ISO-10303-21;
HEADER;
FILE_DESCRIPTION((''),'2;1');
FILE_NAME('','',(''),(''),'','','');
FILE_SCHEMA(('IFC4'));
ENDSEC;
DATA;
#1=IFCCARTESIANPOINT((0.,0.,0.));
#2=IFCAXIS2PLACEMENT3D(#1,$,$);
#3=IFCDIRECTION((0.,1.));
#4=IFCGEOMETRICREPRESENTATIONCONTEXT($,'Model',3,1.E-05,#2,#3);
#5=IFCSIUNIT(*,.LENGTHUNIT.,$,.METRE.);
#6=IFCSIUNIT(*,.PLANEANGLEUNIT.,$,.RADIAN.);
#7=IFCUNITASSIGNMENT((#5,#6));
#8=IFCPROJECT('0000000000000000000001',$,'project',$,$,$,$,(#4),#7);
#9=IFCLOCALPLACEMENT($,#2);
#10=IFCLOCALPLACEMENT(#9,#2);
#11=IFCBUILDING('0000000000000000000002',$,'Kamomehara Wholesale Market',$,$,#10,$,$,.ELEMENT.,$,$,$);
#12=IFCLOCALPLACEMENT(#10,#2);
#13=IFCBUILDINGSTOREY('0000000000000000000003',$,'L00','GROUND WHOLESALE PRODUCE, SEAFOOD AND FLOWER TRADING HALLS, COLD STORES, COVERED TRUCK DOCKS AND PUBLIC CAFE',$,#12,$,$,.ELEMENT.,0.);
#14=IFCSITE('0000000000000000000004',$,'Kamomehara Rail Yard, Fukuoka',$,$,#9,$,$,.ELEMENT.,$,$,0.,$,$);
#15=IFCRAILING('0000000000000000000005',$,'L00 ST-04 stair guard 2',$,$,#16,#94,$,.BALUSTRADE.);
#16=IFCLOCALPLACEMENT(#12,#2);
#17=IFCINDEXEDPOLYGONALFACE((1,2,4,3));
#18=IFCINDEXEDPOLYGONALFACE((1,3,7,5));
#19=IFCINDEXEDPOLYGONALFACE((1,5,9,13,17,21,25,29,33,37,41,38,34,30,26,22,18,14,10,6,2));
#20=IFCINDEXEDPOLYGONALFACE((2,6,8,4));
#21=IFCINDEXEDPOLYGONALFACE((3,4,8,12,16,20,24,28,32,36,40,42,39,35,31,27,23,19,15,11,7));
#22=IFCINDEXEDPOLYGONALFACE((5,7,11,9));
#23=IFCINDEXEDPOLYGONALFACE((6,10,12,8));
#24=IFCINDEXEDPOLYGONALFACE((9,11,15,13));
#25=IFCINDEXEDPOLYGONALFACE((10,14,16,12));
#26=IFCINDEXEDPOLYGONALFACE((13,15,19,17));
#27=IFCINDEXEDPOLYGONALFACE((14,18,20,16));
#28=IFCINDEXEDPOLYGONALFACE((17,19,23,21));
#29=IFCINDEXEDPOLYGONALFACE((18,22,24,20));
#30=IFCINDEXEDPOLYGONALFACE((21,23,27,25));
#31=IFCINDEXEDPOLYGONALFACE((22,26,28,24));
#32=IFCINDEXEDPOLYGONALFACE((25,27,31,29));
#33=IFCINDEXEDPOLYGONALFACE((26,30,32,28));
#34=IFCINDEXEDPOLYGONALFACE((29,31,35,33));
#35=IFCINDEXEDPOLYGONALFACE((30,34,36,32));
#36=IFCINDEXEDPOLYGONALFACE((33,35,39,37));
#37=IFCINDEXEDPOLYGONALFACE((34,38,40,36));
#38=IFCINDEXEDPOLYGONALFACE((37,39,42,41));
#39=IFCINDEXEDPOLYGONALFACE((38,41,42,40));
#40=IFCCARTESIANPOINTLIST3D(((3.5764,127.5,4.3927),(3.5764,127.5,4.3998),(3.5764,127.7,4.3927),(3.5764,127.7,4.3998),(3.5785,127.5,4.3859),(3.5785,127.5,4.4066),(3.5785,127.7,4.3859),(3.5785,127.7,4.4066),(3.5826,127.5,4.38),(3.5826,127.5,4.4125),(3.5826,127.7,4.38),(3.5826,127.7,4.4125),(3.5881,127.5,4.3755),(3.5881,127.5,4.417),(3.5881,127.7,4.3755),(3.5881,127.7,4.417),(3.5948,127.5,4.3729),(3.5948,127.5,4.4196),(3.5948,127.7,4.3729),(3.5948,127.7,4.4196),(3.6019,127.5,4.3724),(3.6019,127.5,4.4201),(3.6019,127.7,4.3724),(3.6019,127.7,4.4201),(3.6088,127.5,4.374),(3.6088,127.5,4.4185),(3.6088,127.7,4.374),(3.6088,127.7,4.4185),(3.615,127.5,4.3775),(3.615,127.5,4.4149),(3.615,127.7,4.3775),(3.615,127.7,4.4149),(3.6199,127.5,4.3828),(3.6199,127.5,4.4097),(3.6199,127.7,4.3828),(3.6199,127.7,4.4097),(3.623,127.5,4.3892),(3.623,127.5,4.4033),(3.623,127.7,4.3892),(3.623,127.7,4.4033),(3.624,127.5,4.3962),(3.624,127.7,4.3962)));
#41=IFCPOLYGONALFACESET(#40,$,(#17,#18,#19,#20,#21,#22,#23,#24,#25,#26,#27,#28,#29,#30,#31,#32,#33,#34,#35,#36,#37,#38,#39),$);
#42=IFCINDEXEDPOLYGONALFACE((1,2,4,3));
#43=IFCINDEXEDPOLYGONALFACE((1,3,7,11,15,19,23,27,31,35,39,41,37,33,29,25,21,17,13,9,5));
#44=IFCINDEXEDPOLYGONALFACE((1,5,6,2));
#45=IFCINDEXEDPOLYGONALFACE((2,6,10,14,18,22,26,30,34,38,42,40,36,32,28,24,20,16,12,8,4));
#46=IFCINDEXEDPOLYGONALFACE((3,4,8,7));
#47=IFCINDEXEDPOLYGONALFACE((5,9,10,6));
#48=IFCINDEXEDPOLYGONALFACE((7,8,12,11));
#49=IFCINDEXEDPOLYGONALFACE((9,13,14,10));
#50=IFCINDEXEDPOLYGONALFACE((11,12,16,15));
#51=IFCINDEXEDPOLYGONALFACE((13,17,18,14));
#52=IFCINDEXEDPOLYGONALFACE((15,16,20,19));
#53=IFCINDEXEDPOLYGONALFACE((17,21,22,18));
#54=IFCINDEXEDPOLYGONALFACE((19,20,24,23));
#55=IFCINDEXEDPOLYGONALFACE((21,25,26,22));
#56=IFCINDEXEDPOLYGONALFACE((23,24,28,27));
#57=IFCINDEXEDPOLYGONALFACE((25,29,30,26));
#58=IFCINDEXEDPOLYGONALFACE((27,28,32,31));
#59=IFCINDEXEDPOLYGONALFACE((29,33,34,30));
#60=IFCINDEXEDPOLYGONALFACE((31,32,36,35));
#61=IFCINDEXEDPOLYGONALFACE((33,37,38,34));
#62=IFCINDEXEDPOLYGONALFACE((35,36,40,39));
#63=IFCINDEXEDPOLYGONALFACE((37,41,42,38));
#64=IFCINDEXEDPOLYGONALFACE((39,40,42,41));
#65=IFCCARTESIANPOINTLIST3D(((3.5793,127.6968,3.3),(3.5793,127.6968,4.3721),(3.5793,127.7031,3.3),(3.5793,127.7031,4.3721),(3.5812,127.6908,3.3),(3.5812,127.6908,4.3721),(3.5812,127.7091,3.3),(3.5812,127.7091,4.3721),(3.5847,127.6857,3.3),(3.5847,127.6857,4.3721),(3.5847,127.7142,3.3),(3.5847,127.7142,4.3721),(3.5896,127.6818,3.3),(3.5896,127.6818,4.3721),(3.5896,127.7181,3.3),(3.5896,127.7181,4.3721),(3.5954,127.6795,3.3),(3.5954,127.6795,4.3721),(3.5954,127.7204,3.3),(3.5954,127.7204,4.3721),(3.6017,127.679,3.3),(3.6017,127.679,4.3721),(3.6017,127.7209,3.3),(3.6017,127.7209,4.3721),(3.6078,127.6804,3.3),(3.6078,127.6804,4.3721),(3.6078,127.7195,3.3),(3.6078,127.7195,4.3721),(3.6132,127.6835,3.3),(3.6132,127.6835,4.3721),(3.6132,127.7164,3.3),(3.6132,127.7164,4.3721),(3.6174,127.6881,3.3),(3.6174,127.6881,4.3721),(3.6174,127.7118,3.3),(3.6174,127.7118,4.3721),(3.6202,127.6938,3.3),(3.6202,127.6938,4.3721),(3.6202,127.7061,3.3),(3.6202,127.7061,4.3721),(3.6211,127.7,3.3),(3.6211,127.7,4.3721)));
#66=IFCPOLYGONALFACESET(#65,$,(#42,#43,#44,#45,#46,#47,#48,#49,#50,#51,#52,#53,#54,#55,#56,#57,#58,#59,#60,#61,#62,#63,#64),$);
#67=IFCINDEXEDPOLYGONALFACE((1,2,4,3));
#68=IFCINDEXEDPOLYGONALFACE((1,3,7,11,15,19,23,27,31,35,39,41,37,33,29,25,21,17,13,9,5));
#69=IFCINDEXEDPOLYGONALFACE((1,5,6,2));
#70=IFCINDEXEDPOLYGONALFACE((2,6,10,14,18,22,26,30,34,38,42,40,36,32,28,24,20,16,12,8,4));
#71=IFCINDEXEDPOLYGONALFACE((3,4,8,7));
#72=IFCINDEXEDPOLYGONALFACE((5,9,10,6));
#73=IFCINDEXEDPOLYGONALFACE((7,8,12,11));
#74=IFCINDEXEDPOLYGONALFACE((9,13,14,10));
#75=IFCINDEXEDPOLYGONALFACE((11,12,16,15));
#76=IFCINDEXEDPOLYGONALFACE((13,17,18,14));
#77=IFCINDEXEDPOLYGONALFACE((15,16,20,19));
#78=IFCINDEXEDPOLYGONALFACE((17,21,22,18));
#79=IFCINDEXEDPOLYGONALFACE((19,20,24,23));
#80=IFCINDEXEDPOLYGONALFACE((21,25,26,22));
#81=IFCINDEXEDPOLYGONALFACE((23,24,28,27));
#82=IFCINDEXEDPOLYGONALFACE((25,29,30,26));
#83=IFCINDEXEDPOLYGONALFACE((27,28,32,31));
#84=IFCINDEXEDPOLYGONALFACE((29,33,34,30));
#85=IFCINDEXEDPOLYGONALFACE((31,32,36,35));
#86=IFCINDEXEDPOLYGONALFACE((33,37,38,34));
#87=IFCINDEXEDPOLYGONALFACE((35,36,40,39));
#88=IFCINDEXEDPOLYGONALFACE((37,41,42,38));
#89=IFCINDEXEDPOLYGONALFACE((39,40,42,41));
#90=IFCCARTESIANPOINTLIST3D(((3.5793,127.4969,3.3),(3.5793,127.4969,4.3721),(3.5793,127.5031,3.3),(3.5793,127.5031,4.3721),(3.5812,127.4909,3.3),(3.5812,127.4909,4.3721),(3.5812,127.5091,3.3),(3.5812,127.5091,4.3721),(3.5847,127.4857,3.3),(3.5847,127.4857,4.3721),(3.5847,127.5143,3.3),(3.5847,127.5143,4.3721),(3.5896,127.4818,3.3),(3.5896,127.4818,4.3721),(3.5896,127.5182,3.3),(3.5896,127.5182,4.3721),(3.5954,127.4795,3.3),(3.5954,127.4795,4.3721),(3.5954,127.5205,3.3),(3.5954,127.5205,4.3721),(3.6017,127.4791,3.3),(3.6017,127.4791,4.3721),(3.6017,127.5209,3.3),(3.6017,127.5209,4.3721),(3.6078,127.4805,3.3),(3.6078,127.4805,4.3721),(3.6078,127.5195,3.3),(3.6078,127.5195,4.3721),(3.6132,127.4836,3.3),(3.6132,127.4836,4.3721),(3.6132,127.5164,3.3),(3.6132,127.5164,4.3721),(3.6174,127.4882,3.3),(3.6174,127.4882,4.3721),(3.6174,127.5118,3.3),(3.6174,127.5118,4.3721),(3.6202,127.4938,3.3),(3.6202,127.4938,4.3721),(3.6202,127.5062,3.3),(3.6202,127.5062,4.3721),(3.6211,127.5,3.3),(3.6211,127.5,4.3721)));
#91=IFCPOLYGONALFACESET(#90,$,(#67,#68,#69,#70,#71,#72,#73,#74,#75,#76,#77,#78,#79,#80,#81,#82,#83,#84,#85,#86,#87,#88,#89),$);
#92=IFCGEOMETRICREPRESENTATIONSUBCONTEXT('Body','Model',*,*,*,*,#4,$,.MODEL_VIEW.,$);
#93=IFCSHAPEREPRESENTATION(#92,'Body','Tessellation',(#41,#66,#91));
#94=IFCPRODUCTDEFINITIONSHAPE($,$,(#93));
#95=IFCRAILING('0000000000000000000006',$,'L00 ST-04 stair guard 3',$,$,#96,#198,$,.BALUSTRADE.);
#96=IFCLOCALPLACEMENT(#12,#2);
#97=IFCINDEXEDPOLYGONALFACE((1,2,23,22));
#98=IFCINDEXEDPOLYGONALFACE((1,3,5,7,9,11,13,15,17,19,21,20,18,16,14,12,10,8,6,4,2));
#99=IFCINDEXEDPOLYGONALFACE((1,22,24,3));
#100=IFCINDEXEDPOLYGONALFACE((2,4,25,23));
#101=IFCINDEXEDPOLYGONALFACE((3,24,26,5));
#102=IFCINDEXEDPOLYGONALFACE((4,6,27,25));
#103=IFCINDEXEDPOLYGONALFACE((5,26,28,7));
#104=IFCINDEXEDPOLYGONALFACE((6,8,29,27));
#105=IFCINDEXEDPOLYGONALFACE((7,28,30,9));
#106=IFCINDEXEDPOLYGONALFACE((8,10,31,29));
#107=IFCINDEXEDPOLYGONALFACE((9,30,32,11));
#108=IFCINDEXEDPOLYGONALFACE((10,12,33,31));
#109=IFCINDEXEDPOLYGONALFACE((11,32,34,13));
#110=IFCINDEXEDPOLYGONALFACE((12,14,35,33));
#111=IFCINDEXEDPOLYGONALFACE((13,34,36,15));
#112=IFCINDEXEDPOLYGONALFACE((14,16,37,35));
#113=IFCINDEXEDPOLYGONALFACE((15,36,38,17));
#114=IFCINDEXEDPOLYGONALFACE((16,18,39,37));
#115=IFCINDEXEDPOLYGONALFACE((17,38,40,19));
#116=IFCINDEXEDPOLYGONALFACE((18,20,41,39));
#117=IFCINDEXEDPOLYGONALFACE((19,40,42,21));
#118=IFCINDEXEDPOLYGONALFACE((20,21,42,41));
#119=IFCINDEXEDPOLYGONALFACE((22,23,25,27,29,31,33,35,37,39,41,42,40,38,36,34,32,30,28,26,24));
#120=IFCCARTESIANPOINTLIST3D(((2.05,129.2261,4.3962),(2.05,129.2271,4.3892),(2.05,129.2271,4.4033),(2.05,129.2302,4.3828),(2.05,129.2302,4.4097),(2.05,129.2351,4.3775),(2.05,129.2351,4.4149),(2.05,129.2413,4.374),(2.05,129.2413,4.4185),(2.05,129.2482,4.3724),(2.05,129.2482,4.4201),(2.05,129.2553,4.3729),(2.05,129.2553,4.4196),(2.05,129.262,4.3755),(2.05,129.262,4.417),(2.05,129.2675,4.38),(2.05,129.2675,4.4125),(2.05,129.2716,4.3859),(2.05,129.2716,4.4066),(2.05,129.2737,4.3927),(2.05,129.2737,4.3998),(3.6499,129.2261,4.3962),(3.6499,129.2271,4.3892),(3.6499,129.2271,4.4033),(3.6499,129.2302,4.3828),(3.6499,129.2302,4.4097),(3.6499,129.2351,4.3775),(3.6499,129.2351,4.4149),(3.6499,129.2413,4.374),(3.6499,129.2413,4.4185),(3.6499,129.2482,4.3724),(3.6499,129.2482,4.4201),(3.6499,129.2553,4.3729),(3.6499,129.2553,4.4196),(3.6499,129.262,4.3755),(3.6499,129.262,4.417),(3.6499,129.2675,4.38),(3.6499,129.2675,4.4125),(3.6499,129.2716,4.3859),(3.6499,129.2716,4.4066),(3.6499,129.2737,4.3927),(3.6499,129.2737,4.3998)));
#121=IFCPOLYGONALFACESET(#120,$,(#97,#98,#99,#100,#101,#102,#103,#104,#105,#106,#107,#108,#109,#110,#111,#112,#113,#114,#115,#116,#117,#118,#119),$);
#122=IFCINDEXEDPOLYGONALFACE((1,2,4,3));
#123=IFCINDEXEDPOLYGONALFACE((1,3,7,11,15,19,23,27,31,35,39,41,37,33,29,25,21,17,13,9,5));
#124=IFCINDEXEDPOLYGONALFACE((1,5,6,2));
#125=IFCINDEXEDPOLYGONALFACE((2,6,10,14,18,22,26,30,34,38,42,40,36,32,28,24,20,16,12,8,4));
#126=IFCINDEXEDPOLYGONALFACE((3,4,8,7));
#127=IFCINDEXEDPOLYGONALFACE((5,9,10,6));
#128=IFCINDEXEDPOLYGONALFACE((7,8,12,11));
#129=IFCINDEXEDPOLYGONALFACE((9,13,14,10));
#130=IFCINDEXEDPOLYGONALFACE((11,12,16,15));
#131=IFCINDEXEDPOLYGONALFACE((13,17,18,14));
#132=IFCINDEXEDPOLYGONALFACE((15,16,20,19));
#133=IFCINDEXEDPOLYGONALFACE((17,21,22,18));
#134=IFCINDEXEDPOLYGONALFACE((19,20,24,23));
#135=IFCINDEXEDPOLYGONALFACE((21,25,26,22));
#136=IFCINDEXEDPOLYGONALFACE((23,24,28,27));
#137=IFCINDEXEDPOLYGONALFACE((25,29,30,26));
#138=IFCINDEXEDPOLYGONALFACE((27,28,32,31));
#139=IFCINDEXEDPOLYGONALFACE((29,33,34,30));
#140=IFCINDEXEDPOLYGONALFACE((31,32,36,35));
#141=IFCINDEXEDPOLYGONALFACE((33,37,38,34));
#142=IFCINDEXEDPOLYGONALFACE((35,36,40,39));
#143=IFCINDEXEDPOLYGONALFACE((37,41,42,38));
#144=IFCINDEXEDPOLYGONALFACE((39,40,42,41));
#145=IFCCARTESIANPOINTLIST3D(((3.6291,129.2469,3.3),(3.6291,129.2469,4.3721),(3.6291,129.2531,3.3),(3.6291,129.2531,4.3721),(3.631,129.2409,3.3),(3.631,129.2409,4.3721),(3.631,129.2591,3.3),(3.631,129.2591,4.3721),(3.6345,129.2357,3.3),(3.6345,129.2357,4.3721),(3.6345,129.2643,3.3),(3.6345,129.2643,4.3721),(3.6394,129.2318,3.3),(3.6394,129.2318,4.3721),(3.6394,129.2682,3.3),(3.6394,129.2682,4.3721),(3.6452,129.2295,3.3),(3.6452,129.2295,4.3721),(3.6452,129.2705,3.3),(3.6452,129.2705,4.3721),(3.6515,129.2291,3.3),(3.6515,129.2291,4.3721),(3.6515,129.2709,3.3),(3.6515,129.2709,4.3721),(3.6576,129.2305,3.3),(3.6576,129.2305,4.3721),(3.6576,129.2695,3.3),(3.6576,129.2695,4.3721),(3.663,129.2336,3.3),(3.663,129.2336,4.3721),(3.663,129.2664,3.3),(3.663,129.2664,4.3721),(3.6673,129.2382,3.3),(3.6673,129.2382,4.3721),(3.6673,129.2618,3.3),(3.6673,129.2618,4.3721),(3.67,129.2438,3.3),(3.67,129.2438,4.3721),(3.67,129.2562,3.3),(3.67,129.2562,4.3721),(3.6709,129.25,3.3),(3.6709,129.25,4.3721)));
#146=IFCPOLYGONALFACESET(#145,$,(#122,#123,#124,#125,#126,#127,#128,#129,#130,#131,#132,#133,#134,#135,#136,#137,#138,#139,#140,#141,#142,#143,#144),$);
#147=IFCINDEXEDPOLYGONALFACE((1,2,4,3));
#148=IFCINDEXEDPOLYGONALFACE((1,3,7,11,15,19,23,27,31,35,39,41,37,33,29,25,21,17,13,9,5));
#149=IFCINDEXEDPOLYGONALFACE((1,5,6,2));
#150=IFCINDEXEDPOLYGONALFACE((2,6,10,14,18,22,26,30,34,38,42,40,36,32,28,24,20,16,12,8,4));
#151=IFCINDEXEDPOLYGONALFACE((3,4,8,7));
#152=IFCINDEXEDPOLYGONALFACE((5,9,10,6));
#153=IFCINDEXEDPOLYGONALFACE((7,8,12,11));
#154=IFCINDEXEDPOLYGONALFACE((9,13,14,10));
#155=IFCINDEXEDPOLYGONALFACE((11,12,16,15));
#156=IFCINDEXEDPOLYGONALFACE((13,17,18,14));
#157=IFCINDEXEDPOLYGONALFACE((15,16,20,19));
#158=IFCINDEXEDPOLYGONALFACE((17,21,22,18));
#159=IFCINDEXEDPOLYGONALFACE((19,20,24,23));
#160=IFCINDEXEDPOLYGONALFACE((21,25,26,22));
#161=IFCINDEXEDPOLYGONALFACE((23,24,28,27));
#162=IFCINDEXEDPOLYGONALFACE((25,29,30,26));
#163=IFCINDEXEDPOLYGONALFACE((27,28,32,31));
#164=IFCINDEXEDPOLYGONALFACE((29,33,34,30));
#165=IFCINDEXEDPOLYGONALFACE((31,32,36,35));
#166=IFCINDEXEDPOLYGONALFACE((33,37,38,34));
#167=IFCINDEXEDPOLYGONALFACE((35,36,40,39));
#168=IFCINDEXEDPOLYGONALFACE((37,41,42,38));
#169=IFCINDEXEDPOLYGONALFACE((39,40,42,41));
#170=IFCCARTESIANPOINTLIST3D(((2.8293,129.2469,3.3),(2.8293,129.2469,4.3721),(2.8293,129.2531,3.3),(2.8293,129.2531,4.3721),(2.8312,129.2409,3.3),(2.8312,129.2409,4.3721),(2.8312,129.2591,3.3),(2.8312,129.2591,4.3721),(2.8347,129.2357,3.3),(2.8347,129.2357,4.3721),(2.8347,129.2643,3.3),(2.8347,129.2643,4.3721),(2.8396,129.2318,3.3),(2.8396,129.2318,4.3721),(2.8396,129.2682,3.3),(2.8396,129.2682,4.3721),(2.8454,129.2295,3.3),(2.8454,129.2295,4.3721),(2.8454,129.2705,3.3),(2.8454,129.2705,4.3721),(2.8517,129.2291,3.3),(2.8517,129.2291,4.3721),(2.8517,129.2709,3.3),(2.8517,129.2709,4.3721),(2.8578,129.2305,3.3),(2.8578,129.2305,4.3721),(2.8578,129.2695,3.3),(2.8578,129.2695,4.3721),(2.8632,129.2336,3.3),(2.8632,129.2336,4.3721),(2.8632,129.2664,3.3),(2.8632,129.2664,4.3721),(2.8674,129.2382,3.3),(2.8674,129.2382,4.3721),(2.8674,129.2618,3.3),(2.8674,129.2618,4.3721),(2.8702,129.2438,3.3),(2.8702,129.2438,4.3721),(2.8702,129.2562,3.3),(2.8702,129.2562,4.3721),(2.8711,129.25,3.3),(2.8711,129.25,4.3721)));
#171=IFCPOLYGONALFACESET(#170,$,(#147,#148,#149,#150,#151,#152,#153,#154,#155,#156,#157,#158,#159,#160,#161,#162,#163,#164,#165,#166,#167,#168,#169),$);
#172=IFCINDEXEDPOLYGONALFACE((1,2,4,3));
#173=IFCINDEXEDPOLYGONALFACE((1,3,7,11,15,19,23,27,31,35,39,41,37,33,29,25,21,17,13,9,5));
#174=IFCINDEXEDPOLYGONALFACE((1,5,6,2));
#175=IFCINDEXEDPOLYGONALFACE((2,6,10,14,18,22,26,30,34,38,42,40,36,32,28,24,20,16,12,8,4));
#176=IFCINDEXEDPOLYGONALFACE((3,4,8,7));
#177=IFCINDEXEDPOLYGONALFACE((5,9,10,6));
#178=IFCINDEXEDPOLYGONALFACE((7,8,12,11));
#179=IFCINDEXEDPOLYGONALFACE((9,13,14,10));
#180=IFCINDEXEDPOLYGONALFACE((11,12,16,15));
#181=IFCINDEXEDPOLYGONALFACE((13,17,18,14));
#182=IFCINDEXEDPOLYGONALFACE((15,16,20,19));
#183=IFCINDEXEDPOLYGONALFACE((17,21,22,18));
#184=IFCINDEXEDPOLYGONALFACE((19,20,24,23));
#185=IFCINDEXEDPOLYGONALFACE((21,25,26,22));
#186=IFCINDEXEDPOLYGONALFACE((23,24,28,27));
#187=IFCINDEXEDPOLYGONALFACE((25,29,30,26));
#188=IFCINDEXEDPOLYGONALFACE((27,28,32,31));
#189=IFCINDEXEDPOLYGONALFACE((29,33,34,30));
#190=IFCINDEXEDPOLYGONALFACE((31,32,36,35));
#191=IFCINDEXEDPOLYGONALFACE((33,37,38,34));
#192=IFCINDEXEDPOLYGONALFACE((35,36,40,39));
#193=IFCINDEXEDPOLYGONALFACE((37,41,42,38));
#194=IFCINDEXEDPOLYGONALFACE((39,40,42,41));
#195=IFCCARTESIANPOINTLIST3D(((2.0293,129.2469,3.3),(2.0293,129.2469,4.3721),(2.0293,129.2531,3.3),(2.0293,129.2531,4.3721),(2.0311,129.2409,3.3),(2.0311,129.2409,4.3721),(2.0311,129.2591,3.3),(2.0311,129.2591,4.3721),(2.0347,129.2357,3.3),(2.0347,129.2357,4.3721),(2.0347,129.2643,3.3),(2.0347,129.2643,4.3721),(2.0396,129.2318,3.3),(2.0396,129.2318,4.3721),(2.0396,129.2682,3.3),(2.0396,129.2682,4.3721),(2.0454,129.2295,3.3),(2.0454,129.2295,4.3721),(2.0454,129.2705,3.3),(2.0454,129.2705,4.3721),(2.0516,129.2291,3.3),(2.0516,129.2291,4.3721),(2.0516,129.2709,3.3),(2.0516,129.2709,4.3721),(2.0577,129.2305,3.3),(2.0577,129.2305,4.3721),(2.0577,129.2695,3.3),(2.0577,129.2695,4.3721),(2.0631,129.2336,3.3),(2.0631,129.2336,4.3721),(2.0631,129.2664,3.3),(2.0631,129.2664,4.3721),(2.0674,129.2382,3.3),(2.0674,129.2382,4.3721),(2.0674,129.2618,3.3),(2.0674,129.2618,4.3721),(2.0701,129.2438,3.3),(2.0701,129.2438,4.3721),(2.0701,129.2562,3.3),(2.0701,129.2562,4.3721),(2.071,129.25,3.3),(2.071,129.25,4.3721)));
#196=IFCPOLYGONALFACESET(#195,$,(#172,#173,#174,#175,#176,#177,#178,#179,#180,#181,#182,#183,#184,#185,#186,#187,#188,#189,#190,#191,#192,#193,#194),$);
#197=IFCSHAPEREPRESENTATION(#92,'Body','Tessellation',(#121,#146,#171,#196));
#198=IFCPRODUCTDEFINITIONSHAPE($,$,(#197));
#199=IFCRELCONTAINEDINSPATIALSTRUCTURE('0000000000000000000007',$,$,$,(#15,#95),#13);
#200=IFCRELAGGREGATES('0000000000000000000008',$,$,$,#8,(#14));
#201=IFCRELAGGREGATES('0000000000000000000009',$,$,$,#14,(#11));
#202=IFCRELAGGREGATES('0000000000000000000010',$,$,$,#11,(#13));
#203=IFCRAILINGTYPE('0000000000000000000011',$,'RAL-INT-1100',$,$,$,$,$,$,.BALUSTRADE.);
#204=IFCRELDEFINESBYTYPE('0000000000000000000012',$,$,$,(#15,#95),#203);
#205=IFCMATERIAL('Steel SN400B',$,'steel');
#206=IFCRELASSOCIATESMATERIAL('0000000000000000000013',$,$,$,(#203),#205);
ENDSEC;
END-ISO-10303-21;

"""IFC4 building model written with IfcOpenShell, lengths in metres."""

from ifc_helpers import new_model, si_unit, direction, frame, origin, origin_2d, place, context, subcontext, project, spatial, circle, extrude, material, type_object, element, save


model = new_model("IFC4")

# Units and contexts
model_context = context("Model", 3, precision=1e-05, world=origin(), true_north=direction((0.0, 1.0)))
body_context = subcontext(model_context, "Body", "Model", "MODEL_VIEW")
ifc_project = project(units=[si_unit("LENGTHUNIT", "METRE"), si_unit("PLANEANGLEUNIT", "RADIAN")], contexts=[model_context])

# Site, building, storey
site_placement = place(None, origin())
site = spatial("IfcSite", under=ifc_project, at=site_placement, Name="Kamomehara Rail Yard, Fukuoka", CompositionType="ELEMENT", RefElevation=0.0)
building_placement = place(site_placement, origin())
building = spatial("IfcBuilding", under=site, at=building_placement, Name="Kamomehara Wholesale Market", CompositionType="ELEMENT")
storey_placement = place(building_placement, origin())
storey = spatial("IfcBuildingStorey", under=building, at=storey_placement, Name="L00", Description="GROUND WHOLESALE PRODUCE, SEAFOOD AND FLOWER TRADING HALLS, COLD STORES, COVERED TRUCK DOCKS AND PUBLIC CAFE", CompositionType="ELEMENT", Elevation=0.0)

# Railings
ifc_material_1 = material(Name="Steel SN400B", Category="steel")
railing_type_1 = type_object("IfcRailingType", Name="RAL-INT-1100", PredefinedType="BALUSTRADE", material=ifc_material_1)
railing_1_placement = place(storey_placement, frame((3.6001, 127.7, 3.3)))
element("IfcRailing", 1, at=railing_1_placement, inside=storey, type_object=railing_type_1, Name="L00 ST-04 stair guard 2", PredefinedType="BALUSTRADE", context=body_context, shape_type="SweptSolid", body=[
    extrude(circle(Radius=0.0239, at=origin_2d()), frame((0.0, 0.0, 1.0962), z_axis=(0.0, -1.0, 0.0), x_axis=(1.0, 0.0, 0.0)), (0.0, 0.0, 1.0), 0.2),
    extrude(circle(Radius=0.021, at=origin_2d()), origin(), (0.0, 0.0, 1.0), 1.072),
    extrude(circle(Radius=0.021, at=origin_2d()), frame((0.0, -0.2, 0.0)), (0.0, 0.0, 1.0), 1.072),
])
for number, where, name in (
    (2, (3.6499, 129.25, 3.3), "L00 ST-04 stair guard 3"),
):
    element("IfcRailing", number, at=place(storey_placement, frame(where)), inside=storey, type_object=railing_type_1, Name=name, PredefinedType="BALUSTRADE", context=body_context, shape_type="SweptSolid", body=[
        extrude(circle(Radius=0.0239, at=origin_2d()), frame((0.0, 0.0, 1.0962), z_axis=(-1.0, 0.0, 0.0), x_axis=(0.0, -1.0, 0.0)), (0.0, 0.0, 1.0), 1.5999),
        extrude(circle(Radius=0.021, at=origin_2d()), origin(), (0.0, 0.0, 1.0), 1.072),
        extrude(circle(Radius=0.021, at=origin_2d()), frame((-0.7998, 0.0, 0.0)), (0.0, 0.0, 1.0), 1.072),
        extrude(circle(Radius=0.021, at=origin_2d()), frame((-1.5999, 0.0, 0.0)), (0.0, 0.0, 1.0), 1.072),
    ])

save(model, "model.ifc")
